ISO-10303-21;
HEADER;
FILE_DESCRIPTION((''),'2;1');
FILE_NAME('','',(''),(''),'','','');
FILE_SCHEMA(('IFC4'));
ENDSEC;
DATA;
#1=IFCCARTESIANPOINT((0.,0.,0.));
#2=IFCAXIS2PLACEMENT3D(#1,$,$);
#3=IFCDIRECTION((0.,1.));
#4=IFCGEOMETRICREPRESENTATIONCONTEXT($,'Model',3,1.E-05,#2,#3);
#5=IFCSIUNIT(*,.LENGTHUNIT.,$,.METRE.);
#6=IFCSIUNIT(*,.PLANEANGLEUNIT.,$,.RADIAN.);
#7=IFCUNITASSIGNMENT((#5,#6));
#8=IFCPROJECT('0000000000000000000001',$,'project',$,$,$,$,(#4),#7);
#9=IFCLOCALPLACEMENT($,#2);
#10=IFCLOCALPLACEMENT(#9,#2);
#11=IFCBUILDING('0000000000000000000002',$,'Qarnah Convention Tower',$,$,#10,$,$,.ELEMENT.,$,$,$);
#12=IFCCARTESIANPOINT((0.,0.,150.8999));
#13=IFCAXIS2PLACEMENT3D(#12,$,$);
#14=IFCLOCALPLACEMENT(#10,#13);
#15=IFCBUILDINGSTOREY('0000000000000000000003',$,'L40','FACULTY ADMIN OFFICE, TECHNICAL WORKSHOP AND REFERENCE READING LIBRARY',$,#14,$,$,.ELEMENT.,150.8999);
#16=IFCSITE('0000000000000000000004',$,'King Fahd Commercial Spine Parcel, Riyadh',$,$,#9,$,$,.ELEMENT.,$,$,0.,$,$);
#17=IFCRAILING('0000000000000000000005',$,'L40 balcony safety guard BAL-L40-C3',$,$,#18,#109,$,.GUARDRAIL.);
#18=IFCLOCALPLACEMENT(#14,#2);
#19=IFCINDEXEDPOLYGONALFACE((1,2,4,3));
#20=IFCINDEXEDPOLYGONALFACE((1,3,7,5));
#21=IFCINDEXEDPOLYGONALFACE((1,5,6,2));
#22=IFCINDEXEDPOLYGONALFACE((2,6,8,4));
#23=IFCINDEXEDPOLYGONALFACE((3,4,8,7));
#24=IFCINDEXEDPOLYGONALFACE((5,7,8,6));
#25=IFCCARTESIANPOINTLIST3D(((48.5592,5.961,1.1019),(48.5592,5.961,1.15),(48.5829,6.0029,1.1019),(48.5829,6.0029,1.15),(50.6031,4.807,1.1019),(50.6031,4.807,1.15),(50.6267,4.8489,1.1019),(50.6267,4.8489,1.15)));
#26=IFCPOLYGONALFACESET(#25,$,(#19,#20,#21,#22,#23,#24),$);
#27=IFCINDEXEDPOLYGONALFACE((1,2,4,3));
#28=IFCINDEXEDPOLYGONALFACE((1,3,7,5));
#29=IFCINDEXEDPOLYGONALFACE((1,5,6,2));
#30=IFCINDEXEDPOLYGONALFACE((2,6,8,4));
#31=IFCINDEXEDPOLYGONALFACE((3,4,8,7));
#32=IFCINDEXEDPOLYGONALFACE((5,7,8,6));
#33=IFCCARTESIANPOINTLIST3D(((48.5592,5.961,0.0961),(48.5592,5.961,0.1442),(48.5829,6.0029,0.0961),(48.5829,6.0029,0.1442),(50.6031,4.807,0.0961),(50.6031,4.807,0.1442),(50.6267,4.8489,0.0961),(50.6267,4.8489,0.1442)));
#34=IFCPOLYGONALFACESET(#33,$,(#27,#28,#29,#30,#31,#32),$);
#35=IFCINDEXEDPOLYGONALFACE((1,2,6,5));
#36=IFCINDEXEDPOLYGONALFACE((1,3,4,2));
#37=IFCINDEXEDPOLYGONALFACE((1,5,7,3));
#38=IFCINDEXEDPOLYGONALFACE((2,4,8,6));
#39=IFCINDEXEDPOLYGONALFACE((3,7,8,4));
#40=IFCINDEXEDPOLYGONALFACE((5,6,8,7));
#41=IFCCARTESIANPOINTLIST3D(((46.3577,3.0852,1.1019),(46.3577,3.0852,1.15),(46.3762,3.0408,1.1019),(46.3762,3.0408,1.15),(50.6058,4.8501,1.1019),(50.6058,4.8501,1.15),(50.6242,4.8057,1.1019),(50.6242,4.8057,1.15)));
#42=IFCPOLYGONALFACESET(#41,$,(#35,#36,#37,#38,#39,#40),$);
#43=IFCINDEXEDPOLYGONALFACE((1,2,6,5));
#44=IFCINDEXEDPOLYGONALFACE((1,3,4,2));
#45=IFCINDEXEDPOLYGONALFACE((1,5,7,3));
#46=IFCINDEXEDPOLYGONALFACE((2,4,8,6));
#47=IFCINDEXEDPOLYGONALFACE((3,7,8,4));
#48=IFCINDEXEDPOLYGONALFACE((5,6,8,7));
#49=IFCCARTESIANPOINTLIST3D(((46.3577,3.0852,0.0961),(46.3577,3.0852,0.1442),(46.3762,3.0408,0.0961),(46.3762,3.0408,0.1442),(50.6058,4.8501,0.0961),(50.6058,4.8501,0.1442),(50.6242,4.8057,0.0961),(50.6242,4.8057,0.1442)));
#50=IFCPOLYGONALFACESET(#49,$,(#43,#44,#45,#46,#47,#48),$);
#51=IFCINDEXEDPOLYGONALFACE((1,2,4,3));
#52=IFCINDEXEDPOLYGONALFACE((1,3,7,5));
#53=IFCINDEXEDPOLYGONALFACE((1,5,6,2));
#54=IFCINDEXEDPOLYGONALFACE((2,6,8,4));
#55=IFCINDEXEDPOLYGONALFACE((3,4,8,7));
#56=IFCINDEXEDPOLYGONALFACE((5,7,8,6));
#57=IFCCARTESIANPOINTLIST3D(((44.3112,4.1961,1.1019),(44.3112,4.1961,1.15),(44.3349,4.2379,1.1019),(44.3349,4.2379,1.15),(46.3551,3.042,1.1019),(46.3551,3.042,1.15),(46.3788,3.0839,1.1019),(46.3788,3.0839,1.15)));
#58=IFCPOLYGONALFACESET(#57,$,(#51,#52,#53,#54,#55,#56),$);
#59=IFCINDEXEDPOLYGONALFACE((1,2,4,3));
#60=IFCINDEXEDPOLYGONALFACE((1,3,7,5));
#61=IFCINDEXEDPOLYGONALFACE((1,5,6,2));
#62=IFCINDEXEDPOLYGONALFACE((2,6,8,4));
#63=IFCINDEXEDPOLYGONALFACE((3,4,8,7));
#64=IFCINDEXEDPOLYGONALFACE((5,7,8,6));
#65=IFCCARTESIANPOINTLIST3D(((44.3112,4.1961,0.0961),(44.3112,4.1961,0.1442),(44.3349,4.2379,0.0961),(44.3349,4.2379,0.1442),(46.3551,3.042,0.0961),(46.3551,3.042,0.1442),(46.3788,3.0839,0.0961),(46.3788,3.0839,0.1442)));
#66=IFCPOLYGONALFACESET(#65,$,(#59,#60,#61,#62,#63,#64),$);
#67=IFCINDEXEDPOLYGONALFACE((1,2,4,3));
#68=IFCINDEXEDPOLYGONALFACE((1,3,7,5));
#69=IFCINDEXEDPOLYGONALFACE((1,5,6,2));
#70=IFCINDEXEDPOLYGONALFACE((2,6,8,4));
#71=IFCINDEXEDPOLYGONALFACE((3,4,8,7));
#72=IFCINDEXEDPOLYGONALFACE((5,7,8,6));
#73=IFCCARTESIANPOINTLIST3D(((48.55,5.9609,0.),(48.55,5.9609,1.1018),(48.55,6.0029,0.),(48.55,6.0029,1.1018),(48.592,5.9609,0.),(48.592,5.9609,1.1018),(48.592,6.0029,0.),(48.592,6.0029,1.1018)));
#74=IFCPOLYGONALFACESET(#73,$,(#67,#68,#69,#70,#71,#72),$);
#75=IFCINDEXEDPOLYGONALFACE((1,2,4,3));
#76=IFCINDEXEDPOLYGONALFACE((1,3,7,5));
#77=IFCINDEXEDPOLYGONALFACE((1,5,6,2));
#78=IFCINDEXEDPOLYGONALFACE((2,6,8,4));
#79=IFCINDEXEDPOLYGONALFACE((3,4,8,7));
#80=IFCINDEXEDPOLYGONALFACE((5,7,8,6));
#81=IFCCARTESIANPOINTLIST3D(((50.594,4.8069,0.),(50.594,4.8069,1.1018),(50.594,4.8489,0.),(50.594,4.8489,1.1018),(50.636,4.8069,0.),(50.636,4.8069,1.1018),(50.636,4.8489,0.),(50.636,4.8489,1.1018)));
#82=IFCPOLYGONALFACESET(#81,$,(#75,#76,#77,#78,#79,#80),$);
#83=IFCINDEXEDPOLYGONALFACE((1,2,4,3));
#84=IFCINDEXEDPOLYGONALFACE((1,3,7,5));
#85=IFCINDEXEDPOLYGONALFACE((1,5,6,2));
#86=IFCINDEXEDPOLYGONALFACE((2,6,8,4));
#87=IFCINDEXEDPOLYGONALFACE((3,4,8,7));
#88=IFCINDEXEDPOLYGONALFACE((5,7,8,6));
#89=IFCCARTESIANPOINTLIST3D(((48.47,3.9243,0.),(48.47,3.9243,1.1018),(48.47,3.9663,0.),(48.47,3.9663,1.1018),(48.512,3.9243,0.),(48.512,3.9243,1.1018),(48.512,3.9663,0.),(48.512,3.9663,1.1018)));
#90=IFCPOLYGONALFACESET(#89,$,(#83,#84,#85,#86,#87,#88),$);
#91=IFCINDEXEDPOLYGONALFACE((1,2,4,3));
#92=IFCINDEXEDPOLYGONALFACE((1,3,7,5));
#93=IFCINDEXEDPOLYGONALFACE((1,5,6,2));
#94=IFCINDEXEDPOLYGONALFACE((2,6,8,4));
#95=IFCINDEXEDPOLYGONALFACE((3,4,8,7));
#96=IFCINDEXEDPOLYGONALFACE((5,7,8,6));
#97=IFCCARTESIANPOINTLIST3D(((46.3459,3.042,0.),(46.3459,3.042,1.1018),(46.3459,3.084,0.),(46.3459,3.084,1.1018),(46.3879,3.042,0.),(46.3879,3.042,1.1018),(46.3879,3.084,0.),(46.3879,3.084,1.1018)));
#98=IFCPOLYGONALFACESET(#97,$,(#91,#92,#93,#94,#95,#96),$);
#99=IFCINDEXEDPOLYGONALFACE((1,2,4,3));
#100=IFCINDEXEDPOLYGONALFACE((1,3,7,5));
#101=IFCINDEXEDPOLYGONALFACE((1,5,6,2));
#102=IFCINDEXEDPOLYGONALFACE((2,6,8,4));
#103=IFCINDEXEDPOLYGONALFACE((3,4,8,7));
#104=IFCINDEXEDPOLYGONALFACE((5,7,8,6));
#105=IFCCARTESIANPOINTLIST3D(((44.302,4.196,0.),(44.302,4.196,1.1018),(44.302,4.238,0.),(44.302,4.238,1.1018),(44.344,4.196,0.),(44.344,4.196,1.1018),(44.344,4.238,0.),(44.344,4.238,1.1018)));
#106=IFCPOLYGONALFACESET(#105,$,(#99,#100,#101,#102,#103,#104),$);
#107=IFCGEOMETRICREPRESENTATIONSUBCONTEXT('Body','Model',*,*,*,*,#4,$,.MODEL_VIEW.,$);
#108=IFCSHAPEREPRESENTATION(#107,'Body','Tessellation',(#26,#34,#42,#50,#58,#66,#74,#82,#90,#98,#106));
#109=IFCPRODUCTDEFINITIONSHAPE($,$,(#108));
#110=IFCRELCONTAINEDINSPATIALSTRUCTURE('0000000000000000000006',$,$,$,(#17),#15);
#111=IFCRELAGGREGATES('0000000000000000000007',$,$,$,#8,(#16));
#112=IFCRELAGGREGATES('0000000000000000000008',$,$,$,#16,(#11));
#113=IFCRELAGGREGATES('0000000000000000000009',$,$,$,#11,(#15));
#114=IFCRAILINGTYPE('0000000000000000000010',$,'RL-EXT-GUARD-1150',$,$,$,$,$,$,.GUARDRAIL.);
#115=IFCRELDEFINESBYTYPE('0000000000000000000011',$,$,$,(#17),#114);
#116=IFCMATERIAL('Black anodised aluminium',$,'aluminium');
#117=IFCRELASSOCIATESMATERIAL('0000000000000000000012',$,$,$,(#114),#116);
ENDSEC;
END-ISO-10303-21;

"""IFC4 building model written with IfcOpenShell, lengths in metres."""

from ifc_helpers import new_model, si_unit, direction, frame, origin, origin_2d, place, context, subcontext, project, spatial, rectangle, extrude, material, type_object, element, save


model = new_model("IFC4")

# Units and contexts
model_context = context("Model", 3, precision=1e-05, world=origin(), true_north=direction((0.0, 1.0)))
body_context = subcontext(model_context, "Body", "Model", "MODEL_VIEW")
ifc_project = project(units=[si_unit("LENGTHUNIT", "METRE"), si_unit("PLANEANGLEUNIT", "RADIAN")], contexts=[model_context])

# Site, building, storey
site_placement = place(None, origin())
site = spatial("IfcSite", under=ifc_project, at=site_placement, Name="King Fahd Commercial Spine Parcel, Riyadh", CompositionType="ELEMENT", RefElevation=0.0)
building_placement = place(site_placement, origin())
building = spatial("IfcBuilding", under=site, at=building_placement, Name="Qarnah Convention Tower", CompositionType="ELEMENT")
storey_placement = place(building_placement, frame((0.0, 0.0, 150.8999)))
storey = spatial("IfcBuildingStorey", under=building, at=storey_placement, Name="L40", Description="FACULTY ADMIN OFFICE, TECHNICAL WORKSHOP AND REFERENCE READING LIBRARY", CompositionType="ELEMENT", Elevation=150.8999)

# Shared definitions
ifc_material_1 = material(Name="Black anodised aluminium", Category="aluminium")

# Railing
railing_type = type_object("IfcRailingType", Name="RL-EXT-GUARD-1150", PredefinedType="GUARDRAIL", material=ifc_material_1)
railing_1_placement = place(storey_placement, frame((48.571, 5.9819, 0.0)))
element("IfcRailing", 1, at=railing_1_placement, inside=storey, type_object=railing_type, Name="L40 balcony safety guard BAL-L40-C3", PredefinedType="GUARDRAIL", context=body_context, shape_type="SweptSolid", body=[
    extrude(rectangle(XDim=0.0481, YDim=0.0481, at=origin_2d()), frame((0.0, 0.0, 1.126), z_axis=(0.870786, -0.491663, 0.0), x_axis=(0.491663, 0.870786, 0.0)), (0.0, 0.0, 1.0), 2.3472),
    extrude(rectangle(XDim=0.0481, YDim=0.0481, at=origin_2d()), frame((0.0, 0.0, 0.1201), z_axis=(0.870786, -0.491663, 0.0), x_axis=(0.491663, 0.870786, 0.0)), (0.0, 0.0, 1.0), 2.3472),
    extrude(rectangle(XDim=0.0481, YDim=0.0481, at=origin_2d()), frame((2.0439, -1.1541, 1.126), z_axis=(-0.923472, -0.383666, 0.0), x_axis=(0.383666, -0.923472, 0.0)), (0.0, 0.0, 1.0), 4.6001),
    extrude(rectangle(XDim=0.0481, YDim=0.0481, at=origin_2d()), frame((2.0439, -1.1541, 0.1201), z_axis=(-0.923472, -0.383666, 0.0), x_axis=(0.383666, -0.923472, 0.0)), (0.0, 0.0, 1.0), 4.6001),
    extrude(rectangle(XDim=0.0481, YDim=0.0481, at=origin_2d()), frame((-2.2041, -2.9189, 1.126), z_axis=(-0.870786, 0.491663, 0.0), x_axis=(-0.491663, -0.870786, 0.0)), (0.0, 0.0, 1.0), 2.3472),
    extrude(rectangle(XDim=0.0481, YDim=0.0481, at=origin_2d()), frame((-2.2041, -2.9189, 0.1201), z_axis=(-0.870786, 0.491663, 0.0), x_axis=(-0.491663, -0.870786, 0.0)), (0.0, 0.0, 1.0), 2.3472),
    extrude(rectangle(XDim=0.042, YDim=0.042, at=origin_2d()), origin(), (0.0, 0.0, 1.0), 1.1018),
    extrude(rectangle(XDim=0.042, YDim=0.042, at=origin_2d()), frame((2.0439, -1.1541, 0.0)), (0.0, 0.0, 1.0), 1.1018),
    extrude(rectangle(XDim=0.042, YDim=0.042, at=origin_2d()), frame((-0.0801, -2.0366, 0.0)), (0.0, 0.0, 1.0), 1.1018),
    extrude(rectangle(XDim=0.042, YDim=0.042, at=origin_2d()), frame((-2.2041, -2.9189, 0.0)), (0.0, 0.0, 1.0), 1.1018),
    extrude(rectangle(XDim=0.042, YDim=0.042, at=origin_2d()), frame((-4.248, -1.7649, 0.0)), (0.0, 0.0, 1.0), 1.1018),
])

save(model, "model.ifc")
